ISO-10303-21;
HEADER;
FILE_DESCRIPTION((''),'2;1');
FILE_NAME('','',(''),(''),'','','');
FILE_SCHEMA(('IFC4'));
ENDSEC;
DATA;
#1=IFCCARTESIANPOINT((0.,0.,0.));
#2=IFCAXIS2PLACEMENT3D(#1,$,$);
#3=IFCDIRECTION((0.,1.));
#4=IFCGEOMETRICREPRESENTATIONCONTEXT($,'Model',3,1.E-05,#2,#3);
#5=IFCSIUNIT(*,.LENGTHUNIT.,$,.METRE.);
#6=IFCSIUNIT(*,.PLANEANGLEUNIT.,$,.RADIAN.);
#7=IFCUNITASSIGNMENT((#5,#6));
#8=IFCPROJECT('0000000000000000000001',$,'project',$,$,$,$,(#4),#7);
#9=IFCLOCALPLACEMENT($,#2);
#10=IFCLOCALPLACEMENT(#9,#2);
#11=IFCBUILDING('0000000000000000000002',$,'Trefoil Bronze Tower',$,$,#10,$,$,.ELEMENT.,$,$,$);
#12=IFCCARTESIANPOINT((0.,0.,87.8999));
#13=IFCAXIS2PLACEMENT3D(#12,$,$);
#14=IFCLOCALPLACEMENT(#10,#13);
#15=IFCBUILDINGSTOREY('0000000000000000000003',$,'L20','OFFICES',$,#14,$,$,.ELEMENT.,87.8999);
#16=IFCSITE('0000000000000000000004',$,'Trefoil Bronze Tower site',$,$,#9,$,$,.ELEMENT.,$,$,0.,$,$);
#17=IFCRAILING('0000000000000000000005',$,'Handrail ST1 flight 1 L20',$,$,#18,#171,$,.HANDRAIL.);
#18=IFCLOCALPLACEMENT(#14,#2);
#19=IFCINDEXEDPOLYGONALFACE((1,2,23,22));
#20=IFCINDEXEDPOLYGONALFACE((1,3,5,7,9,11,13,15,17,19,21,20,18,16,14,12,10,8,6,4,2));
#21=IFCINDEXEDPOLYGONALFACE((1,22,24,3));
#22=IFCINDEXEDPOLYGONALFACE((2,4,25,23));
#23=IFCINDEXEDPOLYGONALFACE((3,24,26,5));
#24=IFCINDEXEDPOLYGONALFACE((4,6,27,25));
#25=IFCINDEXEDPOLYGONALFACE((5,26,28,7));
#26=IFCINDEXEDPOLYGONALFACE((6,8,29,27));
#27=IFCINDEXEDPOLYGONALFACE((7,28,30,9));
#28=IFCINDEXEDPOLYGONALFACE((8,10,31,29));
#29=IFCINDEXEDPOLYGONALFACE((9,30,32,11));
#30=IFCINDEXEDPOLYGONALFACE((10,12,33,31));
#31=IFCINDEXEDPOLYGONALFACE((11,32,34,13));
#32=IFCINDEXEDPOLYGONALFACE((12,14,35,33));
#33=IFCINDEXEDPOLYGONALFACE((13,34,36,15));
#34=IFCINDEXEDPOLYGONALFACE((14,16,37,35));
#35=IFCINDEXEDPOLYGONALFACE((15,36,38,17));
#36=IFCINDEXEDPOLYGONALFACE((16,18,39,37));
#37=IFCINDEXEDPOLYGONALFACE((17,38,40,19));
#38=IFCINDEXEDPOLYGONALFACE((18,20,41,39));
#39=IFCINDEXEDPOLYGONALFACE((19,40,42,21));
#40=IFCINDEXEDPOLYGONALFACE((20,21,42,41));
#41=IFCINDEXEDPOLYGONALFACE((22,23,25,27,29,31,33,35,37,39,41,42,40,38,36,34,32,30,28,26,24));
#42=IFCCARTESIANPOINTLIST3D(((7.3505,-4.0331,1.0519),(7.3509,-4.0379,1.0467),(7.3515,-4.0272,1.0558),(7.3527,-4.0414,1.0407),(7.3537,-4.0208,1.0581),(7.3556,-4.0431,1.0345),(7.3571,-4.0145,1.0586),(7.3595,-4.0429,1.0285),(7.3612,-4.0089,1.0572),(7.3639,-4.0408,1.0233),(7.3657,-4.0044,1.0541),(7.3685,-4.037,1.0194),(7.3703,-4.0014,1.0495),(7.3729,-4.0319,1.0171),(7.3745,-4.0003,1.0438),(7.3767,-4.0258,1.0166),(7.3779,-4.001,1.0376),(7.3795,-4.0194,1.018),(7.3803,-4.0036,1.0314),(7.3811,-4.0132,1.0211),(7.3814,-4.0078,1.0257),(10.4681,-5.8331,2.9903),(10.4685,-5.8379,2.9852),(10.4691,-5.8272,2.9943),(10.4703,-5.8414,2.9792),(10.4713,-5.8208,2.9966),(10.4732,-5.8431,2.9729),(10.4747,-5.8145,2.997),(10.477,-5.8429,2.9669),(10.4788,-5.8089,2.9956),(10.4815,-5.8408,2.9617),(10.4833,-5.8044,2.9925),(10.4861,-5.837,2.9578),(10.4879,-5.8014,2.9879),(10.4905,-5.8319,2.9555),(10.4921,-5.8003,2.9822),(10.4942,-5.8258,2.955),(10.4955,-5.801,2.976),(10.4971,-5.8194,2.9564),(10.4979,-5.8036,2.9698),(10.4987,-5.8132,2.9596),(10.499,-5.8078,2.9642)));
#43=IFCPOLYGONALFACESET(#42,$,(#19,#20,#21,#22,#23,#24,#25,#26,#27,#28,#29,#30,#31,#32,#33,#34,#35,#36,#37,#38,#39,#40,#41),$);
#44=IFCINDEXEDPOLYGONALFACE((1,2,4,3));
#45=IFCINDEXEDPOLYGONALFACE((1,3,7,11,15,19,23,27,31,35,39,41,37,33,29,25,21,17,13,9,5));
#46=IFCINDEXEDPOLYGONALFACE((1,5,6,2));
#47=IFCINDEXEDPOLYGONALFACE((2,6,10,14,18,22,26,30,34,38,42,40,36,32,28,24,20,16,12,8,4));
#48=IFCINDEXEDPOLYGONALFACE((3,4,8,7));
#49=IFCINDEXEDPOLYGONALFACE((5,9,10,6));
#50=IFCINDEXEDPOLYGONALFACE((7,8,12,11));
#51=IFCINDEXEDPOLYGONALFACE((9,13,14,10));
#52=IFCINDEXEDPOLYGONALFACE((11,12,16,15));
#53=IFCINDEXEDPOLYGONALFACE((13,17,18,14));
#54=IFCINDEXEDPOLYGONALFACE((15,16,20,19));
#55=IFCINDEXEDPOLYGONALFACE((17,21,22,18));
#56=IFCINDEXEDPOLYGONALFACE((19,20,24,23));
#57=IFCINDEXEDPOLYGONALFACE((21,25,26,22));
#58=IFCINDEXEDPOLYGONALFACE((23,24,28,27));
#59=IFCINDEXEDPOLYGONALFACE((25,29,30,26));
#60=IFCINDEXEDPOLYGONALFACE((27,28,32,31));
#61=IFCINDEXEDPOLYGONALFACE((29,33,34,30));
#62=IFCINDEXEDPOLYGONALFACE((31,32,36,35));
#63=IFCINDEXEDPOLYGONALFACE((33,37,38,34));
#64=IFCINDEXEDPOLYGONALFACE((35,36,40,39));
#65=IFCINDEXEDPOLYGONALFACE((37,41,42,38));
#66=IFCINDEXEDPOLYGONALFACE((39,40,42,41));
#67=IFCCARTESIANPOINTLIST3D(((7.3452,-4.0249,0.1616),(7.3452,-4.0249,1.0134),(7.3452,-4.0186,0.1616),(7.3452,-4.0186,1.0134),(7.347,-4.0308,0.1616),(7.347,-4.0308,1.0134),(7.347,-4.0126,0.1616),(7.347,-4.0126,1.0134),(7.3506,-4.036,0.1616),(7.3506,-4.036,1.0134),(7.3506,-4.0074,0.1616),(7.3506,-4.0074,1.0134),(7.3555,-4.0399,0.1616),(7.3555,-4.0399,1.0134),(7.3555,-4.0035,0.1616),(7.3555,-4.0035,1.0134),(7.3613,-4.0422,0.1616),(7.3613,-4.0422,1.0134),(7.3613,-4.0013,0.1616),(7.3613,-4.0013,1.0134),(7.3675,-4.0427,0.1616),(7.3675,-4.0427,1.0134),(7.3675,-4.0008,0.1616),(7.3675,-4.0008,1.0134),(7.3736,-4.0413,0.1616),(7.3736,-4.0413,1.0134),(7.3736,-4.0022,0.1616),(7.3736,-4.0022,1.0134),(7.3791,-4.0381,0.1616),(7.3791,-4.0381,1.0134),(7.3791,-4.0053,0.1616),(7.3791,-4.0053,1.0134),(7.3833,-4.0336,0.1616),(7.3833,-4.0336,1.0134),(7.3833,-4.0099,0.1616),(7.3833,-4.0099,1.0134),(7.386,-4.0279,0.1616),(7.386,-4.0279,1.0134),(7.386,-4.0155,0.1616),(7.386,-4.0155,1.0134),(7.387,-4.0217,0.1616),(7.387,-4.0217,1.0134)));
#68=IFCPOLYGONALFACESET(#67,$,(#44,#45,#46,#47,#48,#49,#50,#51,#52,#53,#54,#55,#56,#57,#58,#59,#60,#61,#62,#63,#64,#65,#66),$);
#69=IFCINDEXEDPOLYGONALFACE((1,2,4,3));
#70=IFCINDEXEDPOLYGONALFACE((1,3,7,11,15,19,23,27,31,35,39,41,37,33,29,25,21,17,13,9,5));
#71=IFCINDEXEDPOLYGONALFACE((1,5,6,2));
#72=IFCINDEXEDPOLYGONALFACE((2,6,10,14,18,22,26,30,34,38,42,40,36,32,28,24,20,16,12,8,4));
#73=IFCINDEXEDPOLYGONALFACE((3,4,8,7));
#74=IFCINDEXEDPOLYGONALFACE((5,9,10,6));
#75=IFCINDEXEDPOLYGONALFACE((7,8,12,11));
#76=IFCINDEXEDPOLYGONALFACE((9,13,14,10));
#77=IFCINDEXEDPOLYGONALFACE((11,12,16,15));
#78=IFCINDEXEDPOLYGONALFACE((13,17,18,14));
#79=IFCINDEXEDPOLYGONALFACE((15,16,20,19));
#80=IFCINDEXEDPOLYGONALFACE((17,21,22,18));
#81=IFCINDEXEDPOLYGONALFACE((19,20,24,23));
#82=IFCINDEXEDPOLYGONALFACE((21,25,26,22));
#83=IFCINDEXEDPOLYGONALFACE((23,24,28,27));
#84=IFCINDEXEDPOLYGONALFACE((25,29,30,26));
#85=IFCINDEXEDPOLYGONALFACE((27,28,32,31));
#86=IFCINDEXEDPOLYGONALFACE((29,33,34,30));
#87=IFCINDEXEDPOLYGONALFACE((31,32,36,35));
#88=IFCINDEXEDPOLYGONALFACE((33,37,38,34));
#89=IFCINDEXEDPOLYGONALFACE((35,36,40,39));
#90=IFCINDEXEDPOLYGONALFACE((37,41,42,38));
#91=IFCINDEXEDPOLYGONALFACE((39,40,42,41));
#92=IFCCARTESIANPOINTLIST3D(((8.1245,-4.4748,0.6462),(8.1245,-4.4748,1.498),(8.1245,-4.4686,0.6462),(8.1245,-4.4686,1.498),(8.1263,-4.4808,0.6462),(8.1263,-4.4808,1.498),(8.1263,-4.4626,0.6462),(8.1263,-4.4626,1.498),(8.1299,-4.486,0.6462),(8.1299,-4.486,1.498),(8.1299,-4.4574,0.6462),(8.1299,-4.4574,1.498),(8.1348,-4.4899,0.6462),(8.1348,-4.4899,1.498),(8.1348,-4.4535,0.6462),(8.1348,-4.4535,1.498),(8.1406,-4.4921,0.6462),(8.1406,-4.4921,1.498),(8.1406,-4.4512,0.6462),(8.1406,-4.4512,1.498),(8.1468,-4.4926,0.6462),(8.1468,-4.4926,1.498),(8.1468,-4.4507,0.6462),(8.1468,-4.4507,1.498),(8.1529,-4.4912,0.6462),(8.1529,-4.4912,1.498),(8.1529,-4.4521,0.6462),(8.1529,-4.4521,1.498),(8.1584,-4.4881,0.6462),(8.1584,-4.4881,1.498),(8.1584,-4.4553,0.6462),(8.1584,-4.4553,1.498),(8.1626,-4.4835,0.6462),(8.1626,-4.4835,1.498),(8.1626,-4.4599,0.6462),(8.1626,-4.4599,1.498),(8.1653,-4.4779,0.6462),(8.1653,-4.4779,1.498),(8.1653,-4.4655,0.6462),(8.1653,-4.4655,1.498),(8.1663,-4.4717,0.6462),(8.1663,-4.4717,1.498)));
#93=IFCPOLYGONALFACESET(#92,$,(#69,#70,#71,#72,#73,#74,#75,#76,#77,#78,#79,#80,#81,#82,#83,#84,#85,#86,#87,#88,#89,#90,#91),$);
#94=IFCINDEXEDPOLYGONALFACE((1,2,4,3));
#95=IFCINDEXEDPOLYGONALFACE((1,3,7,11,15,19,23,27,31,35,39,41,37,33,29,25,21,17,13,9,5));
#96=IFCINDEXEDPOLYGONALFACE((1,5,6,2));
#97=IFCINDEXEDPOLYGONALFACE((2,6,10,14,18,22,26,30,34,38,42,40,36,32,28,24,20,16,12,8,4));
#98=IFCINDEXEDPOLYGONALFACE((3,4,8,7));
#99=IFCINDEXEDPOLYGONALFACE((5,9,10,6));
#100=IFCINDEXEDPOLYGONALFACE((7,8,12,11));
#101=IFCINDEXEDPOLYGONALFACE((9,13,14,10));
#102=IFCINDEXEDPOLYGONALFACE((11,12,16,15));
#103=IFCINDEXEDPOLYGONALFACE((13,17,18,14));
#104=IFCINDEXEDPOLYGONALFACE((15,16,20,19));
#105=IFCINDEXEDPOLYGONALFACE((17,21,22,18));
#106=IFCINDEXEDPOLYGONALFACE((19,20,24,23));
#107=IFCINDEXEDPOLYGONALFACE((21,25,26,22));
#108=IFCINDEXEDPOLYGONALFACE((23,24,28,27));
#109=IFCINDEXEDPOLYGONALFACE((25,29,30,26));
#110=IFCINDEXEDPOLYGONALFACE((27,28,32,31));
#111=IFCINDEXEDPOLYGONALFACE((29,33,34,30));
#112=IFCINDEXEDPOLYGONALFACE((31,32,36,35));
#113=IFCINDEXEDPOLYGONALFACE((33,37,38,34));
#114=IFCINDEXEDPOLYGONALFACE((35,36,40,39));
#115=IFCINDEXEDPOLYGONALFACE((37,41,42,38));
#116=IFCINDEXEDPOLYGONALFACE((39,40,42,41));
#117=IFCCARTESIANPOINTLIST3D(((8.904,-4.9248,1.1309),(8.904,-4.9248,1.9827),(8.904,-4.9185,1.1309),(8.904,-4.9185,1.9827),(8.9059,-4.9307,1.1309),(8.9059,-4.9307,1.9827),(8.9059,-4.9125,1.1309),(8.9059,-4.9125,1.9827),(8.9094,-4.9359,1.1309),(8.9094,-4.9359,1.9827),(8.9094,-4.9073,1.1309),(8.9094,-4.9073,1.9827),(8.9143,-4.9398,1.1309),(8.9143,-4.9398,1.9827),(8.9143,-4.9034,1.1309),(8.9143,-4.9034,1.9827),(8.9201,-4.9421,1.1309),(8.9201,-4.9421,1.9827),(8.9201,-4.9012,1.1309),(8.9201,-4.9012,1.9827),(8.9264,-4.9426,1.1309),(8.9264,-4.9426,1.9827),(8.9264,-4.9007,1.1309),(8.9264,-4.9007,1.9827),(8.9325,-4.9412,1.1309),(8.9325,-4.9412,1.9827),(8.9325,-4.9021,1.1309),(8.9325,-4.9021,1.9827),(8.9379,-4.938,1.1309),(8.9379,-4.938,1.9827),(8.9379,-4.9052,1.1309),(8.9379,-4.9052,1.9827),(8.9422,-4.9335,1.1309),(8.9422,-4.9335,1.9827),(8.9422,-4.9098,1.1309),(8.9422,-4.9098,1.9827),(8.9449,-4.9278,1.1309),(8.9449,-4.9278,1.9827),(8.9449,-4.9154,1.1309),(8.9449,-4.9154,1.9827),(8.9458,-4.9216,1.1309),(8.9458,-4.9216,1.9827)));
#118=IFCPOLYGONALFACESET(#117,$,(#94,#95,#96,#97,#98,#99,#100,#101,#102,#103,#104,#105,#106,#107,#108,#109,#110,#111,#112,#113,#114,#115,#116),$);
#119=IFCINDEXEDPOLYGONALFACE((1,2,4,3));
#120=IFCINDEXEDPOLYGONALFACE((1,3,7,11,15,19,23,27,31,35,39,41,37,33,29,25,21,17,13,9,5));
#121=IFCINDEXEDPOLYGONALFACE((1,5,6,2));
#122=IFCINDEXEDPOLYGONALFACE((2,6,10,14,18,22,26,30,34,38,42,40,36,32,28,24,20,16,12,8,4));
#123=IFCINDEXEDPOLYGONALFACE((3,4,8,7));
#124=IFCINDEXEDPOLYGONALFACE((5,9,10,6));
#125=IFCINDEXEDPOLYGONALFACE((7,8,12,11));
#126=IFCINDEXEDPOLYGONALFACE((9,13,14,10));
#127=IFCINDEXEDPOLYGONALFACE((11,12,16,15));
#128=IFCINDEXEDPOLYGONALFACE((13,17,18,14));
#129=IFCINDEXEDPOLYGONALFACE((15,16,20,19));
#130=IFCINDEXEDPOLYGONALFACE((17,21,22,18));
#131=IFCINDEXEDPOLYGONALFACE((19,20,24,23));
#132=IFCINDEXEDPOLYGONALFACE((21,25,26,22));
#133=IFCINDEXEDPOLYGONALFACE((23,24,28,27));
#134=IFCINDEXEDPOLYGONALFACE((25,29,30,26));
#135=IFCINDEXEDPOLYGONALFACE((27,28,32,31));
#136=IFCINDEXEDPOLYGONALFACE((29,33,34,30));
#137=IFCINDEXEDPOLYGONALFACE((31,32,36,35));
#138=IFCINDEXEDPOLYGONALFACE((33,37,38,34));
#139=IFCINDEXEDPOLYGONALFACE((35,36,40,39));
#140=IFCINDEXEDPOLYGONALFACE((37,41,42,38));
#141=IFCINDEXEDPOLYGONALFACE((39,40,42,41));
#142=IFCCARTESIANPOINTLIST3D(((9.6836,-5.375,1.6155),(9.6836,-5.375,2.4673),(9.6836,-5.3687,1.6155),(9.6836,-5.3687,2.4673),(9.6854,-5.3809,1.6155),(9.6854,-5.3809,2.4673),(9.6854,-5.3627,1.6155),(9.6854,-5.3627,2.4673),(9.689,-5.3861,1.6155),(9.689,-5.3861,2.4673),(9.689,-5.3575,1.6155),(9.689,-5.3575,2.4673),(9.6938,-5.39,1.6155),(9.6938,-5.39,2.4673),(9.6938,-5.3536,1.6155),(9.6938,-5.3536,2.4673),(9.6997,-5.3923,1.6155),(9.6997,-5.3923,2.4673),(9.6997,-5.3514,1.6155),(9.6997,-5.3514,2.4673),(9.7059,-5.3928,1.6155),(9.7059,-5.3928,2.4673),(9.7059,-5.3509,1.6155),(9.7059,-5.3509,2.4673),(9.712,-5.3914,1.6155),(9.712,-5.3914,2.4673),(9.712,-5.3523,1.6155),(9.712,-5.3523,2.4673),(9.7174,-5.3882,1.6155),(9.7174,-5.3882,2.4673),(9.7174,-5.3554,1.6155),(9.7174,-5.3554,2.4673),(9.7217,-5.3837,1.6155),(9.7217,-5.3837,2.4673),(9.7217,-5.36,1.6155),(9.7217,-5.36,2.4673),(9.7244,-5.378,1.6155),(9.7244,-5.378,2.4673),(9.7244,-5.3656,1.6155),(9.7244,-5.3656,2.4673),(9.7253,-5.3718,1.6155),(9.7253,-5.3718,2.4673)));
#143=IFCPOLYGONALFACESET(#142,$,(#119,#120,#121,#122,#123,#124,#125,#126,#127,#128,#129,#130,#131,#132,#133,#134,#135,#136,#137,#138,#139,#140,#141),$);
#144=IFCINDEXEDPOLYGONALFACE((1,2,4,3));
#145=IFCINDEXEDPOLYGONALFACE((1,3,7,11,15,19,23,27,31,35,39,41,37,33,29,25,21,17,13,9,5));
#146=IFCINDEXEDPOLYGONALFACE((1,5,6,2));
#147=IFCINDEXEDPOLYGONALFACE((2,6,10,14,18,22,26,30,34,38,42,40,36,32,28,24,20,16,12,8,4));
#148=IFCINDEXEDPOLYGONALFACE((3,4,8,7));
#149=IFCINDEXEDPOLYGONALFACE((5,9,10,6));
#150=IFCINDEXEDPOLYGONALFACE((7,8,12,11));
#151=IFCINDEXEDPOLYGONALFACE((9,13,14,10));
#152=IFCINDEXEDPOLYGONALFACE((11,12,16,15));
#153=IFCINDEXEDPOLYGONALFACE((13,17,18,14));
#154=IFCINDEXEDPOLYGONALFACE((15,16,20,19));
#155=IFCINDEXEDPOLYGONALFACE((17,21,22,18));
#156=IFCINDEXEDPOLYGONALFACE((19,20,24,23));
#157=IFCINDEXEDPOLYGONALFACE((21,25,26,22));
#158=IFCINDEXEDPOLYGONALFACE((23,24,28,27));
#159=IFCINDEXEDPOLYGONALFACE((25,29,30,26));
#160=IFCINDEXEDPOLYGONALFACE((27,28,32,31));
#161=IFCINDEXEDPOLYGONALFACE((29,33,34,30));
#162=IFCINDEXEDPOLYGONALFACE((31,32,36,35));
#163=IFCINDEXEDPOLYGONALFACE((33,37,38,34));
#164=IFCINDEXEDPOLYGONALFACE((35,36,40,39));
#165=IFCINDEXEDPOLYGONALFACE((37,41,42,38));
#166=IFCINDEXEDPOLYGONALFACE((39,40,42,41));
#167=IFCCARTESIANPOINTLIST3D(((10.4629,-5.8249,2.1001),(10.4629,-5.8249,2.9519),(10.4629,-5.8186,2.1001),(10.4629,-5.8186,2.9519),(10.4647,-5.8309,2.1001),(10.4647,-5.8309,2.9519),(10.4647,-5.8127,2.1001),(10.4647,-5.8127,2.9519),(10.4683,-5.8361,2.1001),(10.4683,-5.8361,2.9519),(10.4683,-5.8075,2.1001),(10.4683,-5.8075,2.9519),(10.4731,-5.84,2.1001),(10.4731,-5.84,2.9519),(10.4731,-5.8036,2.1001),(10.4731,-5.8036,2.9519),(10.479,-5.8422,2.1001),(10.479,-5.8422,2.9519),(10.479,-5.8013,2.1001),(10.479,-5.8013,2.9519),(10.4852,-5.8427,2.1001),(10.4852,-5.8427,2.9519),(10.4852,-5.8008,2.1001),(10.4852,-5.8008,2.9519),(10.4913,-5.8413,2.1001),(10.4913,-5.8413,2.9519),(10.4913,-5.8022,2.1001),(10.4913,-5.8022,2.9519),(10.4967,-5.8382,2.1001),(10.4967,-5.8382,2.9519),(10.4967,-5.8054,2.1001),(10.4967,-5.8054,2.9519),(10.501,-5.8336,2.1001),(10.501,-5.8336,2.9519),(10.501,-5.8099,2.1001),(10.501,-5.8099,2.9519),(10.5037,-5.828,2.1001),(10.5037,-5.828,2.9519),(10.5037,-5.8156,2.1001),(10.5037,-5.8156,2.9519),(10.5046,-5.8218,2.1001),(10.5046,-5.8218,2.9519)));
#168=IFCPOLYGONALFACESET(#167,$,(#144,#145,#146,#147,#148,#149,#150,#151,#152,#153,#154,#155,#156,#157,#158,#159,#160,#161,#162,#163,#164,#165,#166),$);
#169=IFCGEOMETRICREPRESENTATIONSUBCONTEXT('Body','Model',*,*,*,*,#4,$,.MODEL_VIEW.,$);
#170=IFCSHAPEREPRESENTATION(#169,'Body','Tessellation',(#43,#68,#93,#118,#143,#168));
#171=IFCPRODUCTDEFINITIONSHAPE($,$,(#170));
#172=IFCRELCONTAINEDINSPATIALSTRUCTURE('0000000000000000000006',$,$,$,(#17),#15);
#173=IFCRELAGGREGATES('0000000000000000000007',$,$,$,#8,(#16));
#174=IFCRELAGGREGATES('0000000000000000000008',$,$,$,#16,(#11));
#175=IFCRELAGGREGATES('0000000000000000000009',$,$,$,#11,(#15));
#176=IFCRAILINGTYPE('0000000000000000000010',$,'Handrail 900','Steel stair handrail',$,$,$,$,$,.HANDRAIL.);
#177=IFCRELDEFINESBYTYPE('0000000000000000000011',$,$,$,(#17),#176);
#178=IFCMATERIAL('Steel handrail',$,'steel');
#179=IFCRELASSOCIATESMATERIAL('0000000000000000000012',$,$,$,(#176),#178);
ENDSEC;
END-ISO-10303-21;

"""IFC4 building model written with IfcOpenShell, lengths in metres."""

from ifc_helpers import new_model, si_unit, direction, frame, origin, origin_2d, place, context, subcontext, project, spatial, circle, extrude, material, type_object, element, save


model = new_model("IFC4")

# Units and contexts
model_context = context("Model", 3, precision=1e-05, world=origin(), true_north=direction((0.0, 1.0)))
body_context = subcontext(model_context, "Body", "Model", "MODEL_VIEW")
ifc_project = project(units=[si_unit("LENGTHUNIT", "METRE"), si_unit("PLANEANGLEUNIT", "RADIAN")], contexts=[model_context])

# Site, building, storey
site_placement = place(None, origin())
site = spatial("IfcSite", under=ifc_project, at=site_placement, Name="Trefoil Bronze Tower site", CompositionType="ELEMENT", RefElevation=0.0)
building_placement = place(site_placement, origin())
building = spatial("IfcBuilding", under=site, at=building_placement, Name="Trefoil Bronze Tower", CompositionType="ELEMENT")
storey_placement = place(building_placement, frame((0.0, 0.0, 87.8999)))
storey = spatial("IfcBuildingStorey", under=building, at=storey_placement, Name="L20", Description="OFFICES", CompositionType="ELEMENT", Elevation=87.8999)

# Railing
ifc_material_1 = material(Name="Steel handrail", Category="steel")
railing_type = type_object("IfcRailingType", Name="Handrail 900", Description="Steel stair handrail", PredefinedType="HANDRAIL", material=ifc_material_1)
railing_1_placement = place(storey_placement, frame((7.366, -4.0217, 0.1616)))
element("IfcRailing", 1, at=railing_1_placement, inside=storey, type_object=railing_type, Name="Handrail ST1 flight 1 L20", PredefinedType="HANDRAIL", context=body_context, shape_type="SweptSolid", body=[
    extrude(circle(Radius=0.0239, at=origin_2d()), frame((0.0, 0.0, 0.876), z_axis=(0.762503, -0.440246, 0.474102), x_axis=(0.500012, 0.866018, 0.0)), (0.0, 0.0, 1.0), 4.0886),
    extrude(circle(Radius=0.021, at=origin_2d()), origin(), (0.0, 0.0, 1.0), 0.8518),
    extrude(circle(Radius=0.021, at=origin_2d()), frame((0.7793, -0.45, 0.4846)), (0.0, 0.0, 1.0), 0.8518),
    extrude(circle(Radius=0.021, at=origin_2d()), frame((1.5588, -0.8999, 0.9692)), (0.0, 0.0, 1.0), 0.8518),
    extrude(circle(Radius=0.021, at=origin_2d()), frame((2.3384, -1.3501, 1.4539)), (0.0, 0.0, 1.0), 0.8518),
    extrude(circle(Radius=0.021, at=origin_2d()), frame((3.1177, -1.8, 1.9385)), (0.0, 0.0, 1.0), 0.8518),
])

save(model, "model.ifc")
